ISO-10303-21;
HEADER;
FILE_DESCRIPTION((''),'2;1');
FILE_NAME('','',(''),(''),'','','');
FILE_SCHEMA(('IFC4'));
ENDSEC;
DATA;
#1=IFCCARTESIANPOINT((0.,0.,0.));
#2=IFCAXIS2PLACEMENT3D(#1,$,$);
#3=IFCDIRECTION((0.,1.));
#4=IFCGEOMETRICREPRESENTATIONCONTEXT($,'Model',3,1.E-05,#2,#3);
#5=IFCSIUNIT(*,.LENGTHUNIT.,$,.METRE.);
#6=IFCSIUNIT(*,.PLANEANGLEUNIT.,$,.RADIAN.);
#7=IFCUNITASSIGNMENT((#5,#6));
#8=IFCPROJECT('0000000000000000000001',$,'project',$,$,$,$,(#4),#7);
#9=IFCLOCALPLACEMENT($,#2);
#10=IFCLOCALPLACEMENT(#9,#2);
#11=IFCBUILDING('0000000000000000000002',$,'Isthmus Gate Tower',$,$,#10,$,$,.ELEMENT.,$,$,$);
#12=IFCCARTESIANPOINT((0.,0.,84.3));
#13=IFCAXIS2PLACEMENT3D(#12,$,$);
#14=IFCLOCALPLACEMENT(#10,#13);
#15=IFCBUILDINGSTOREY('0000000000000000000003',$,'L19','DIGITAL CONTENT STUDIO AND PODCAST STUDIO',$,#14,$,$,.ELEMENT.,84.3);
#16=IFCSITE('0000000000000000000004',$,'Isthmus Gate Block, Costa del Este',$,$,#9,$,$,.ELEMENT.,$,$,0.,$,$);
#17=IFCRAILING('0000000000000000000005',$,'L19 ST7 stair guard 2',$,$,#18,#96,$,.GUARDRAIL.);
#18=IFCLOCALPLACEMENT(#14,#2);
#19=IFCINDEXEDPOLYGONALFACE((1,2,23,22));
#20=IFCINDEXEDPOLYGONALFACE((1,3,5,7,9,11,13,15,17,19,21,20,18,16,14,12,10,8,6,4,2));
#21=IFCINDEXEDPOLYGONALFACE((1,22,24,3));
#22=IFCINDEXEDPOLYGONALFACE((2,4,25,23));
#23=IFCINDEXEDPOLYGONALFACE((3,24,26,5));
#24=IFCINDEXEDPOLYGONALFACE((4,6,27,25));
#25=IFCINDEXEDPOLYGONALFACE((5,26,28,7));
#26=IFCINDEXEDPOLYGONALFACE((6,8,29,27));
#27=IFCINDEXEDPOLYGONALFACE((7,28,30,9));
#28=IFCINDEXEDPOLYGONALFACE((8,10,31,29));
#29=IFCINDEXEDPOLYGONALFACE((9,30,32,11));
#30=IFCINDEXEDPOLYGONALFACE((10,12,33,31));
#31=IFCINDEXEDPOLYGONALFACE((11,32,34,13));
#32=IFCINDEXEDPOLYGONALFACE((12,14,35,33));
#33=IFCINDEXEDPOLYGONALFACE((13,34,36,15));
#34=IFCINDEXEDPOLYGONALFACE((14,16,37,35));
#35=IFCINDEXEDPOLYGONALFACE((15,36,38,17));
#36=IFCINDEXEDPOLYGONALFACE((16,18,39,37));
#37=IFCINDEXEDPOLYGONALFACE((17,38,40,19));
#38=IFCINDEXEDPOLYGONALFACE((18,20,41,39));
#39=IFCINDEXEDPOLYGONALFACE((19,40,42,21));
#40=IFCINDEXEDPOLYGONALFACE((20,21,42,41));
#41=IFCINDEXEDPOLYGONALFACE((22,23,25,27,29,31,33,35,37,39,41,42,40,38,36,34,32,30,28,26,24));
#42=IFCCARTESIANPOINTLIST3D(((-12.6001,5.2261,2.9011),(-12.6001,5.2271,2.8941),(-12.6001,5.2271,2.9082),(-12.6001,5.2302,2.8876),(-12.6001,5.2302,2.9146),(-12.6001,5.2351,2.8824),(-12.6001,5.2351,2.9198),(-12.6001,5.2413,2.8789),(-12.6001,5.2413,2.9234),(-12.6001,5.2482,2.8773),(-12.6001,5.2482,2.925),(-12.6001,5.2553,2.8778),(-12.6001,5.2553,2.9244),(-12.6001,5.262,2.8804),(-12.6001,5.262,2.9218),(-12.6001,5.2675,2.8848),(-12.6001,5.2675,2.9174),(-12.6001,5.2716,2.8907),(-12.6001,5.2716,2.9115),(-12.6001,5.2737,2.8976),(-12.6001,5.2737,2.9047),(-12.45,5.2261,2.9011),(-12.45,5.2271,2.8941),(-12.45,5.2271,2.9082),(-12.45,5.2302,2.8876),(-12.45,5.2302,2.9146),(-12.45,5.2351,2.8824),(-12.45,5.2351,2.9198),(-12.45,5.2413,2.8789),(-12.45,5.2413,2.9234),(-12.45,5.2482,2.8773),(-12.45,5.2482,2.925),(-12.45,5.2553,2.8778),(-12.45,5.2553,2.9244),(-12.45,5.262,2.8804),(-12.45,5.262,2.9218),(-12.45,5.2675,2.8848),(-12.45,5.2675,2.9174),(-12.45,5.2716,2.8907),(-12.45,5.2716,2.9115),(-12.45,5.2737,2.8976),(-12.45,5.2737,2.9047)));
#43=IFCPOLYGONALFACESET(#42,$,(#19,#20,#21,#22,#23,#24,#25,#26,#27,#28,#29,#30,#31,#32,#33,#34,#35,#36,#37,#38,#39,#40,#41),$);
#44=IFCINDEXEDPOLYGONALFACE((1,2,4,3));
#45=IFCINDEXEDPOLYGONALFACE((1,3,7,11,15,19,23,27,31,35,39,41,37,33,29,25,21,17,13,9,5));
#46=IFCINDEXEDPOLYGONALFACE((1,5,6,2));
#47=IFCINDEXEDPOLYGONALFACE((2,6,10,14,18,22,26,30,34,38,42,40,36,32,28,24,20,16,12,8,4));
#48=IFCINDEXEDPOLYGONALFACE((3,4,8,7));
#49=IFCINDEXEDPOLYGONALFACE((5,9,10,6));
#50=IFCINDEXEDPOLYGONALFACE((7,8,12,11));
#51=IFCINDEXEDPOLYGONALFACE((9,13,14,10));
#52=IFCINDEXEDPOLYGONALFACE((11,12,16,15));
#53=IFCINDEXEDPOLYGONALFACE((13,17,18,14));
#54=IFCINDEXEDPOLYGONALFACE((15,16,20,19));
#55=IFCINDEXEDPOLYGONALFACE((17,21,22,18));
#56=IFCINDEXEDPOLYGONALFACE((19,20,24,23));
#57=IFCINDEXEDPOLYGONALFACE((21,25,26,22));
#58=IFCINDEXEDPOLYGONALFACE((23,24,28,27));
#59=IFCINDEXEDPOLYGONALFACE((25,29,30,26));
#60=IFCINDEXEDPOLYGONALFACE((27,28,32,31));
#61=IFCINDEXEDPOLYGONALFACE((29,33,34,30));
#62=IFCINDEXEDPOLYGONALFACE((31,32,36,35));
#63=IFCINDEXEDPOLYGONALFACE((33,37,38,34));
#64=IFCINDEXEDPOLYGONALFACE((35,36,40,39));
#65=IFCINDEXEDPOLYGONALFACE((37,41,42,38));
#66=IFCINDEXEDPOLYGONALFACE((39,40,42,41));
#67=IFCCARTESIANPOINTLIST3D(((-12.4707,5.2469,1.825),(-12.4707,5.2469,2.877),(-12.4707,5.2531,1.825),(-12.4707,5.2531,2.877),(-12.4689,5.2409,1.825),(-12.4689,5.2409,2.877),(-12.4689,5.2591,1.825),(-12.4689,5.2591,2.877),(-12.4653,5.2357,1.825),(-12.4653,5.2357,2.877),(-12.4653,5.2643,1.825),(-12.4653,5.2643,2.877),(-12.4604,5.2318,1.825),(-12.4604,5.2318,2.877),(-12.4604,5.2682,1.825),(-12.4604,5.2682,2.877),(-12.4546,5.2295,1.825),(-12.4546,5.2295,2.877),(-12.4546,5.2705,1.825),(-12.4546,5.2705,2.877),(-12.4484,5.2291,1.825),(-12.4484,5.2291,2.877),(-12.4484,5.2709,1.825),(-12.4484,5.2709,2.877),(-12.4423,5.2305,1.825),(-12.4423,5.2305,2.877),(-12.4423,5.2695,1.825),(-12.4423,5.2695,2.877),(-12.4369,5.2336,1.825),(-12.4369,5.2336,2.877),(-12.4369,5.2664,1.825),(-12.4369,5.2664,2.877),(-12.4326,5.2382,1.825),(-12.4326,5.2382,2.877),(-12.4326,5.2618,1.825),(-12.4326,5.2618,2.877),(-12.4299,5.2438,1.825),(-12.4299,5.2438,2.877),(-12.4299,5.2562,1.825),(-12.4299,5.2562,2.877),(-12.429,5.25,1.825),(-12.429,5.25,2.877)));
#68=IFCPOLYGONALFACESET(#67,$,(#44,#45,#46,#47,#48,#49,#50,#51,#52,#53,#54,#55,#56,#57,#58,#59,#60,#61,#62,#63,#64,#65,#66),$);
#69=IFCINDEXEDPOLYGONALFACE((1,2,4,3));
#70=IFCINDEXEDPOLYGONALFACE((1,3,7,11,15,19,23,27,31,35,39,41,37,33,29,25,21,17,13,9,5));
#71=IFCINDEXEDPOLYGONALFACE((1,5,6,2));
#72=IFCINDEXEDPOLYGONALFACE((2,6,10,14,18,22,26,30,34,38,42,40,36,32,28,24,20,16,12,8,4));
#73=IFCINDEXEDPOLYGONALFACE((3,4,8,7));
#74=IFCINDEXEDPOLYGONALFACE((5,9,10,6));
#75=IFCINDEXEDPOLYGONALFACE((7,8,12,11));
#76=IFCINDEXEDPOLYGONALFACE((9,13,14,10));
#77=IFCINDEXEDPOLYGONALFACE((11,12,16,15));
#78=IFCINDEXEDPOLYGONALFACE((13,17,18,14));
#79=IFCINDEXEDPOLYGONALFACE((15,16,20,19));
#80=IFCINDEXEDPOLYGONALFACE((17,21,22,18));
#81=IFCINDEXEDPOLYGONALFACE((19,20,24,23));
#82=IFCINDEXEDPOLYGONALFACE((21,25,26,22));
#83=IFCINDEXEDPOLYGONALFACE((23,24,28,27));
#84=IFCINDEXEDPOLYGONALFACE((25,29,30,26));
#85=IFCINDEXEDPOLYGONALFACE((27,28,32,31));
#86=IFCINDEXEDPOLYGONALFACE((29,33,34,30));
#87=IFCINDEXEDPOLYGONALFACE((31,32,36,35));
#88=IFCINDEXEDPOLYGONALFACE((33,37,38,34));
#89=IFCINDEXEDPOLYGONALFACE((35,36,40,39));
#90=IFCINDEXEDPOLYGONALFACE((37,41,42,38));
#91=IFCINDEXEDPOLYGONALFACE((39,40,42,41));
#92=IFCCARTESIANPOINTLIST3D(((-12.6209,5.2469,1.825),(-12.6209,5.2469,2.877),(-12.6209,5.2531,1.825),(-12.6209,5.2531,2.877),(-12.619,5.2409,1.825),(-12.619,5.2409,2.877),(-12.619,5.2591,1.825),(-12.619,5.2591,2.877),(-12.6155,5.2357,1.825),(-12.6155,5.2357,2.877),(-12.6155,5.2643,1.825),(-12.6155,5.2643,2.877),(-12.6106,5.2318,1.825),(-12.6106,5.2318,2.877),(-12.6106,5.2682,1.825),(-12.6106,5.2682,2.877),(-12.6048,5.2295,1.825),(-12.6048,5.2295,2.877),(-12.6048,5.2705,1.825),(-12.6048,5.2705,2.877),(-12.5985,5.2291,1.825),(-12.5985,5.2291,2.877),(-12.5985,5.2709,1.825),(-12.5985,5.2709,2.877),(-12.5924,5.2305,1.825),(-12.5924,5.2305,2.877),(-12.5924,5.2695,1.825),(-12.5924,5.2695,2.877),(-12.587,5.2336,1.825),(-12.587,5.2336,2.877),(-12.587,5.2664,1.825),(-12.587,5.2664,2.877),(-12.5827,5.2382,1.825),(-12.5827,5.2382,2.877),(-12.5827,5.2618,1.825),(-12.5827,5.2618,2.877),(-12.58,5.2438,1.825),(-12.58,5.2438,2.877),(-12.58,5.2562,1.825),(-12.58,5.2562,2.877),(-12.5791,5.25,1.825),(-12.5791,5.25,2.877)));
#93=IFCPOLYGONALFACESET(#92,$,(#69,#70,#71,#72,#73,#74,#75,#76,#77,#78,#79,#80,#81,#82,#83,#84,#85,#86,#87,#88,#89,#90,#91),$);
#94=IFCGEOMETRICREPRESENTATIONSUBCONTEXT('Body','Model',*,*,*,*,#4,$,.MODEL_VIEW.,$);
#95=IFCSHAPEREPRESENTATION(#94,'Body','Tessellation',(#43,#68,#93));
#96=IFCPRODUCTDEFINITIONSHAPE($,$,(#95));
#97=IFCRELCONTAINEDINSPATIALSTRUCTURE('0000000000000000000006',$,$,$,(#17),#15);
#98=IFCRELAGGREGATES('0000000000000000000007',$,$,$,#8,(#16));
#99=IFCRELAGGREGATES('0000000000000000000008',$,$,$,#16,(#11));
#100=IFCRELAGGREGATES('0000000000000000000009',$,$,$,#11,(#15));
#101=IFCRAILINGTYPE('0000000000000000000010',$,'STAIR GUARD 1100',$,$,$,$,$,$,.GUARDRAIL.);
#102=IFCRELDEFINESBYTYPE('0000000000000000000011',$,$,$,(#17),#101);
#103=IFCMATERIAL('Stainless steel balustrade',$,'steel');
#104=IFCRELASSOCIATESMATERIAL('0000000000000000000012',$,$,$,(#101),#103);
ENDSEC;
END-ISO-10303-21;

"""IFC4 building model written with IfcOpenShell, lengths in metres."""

from ifc_helpers import new_model, si_unit, direction, frame, origin, origin_2d, place, context, subcontext, project, spatial, circle, extrude, material, type_object, element, save


model = new_model("IFC4")

# Units and contexts
model_context = context("Model", 3, precision=1e-05, world=origin(), true_north=direction((0.0, 1.0)))
body_context = subcontext(model_context, "Body", "Model", "MODEL_VIEW")
ifc_project = project(units=[si_unit("LENGTHUNIT", "METRE"), si_unit("PLANEANGLEUNIT", "RADIAN")], contexts=[model_context])

# Site, building, storey
site_placement = place(None, origin())
site = spatial("IfcSite", under=ifc_project, at=site_placement, Name="Isthmus Gate Block, Costa del Este", CompositionType="ELEMENT", RefElevation=0.0)
building_placement = place(site_placement, origin())
building = spatial("IfcBuilding", under=site, at=building_placement, Name="Isthmus Gate Tower", CompositionType="ELEMENT")
storey_placement = place(building_placement, frame((0.0, 0.0, 84.3)))
storey = spatial("IfcBuildingStorey", under=building, at=storey_placement, Name="L19", Description="DIGITAL CONTENT STUDIO AND PODCAST STUDIO", CompositionType="ELEMENT", Elevation=84.3)

# Railing
ifc_material_1 = material(Name="Stainless steel balustrade", Category="steel")
railing_type_1 = type_object("IfcRailingType", Name="STAIR GUARD 1100", PredefinedType="GUARDRAIL", material=ifc_material_1)
railing_1_placement = place(storey_placement, frame((-12.45, 5.25, 1.825)))
element("IfcRailing", 1, at=railing_1_placement, inside=storey, type_object=railing_type_1, Name="L19 ST7 stair guard 2", PredefinedType="GUARDRAIL", context=body_context, shape_type="SweptSolid", body=[
    extrude(circle(Radius=0.0239, at=origin_2d()), frame((0.0, 0.0, 1.0762), z_axis=(-1.0, 0.0, 0.0), x_axis=(0.0, -1.0, 0.0)), (0.0, 0.0, 1.0), 0.1501),
    extrude(circle(Radius=0.021, at=origin_2d()), origin(), (0.0, 0.0, 1.0), 1.052),
    extrude(circle(Radius=0.021, at=origin_2d()), frame((-0.1501, 0.0, 0.0)), (0.0, 0.0, 1.0), 1.052),
])

save(model, "model.ifc")
